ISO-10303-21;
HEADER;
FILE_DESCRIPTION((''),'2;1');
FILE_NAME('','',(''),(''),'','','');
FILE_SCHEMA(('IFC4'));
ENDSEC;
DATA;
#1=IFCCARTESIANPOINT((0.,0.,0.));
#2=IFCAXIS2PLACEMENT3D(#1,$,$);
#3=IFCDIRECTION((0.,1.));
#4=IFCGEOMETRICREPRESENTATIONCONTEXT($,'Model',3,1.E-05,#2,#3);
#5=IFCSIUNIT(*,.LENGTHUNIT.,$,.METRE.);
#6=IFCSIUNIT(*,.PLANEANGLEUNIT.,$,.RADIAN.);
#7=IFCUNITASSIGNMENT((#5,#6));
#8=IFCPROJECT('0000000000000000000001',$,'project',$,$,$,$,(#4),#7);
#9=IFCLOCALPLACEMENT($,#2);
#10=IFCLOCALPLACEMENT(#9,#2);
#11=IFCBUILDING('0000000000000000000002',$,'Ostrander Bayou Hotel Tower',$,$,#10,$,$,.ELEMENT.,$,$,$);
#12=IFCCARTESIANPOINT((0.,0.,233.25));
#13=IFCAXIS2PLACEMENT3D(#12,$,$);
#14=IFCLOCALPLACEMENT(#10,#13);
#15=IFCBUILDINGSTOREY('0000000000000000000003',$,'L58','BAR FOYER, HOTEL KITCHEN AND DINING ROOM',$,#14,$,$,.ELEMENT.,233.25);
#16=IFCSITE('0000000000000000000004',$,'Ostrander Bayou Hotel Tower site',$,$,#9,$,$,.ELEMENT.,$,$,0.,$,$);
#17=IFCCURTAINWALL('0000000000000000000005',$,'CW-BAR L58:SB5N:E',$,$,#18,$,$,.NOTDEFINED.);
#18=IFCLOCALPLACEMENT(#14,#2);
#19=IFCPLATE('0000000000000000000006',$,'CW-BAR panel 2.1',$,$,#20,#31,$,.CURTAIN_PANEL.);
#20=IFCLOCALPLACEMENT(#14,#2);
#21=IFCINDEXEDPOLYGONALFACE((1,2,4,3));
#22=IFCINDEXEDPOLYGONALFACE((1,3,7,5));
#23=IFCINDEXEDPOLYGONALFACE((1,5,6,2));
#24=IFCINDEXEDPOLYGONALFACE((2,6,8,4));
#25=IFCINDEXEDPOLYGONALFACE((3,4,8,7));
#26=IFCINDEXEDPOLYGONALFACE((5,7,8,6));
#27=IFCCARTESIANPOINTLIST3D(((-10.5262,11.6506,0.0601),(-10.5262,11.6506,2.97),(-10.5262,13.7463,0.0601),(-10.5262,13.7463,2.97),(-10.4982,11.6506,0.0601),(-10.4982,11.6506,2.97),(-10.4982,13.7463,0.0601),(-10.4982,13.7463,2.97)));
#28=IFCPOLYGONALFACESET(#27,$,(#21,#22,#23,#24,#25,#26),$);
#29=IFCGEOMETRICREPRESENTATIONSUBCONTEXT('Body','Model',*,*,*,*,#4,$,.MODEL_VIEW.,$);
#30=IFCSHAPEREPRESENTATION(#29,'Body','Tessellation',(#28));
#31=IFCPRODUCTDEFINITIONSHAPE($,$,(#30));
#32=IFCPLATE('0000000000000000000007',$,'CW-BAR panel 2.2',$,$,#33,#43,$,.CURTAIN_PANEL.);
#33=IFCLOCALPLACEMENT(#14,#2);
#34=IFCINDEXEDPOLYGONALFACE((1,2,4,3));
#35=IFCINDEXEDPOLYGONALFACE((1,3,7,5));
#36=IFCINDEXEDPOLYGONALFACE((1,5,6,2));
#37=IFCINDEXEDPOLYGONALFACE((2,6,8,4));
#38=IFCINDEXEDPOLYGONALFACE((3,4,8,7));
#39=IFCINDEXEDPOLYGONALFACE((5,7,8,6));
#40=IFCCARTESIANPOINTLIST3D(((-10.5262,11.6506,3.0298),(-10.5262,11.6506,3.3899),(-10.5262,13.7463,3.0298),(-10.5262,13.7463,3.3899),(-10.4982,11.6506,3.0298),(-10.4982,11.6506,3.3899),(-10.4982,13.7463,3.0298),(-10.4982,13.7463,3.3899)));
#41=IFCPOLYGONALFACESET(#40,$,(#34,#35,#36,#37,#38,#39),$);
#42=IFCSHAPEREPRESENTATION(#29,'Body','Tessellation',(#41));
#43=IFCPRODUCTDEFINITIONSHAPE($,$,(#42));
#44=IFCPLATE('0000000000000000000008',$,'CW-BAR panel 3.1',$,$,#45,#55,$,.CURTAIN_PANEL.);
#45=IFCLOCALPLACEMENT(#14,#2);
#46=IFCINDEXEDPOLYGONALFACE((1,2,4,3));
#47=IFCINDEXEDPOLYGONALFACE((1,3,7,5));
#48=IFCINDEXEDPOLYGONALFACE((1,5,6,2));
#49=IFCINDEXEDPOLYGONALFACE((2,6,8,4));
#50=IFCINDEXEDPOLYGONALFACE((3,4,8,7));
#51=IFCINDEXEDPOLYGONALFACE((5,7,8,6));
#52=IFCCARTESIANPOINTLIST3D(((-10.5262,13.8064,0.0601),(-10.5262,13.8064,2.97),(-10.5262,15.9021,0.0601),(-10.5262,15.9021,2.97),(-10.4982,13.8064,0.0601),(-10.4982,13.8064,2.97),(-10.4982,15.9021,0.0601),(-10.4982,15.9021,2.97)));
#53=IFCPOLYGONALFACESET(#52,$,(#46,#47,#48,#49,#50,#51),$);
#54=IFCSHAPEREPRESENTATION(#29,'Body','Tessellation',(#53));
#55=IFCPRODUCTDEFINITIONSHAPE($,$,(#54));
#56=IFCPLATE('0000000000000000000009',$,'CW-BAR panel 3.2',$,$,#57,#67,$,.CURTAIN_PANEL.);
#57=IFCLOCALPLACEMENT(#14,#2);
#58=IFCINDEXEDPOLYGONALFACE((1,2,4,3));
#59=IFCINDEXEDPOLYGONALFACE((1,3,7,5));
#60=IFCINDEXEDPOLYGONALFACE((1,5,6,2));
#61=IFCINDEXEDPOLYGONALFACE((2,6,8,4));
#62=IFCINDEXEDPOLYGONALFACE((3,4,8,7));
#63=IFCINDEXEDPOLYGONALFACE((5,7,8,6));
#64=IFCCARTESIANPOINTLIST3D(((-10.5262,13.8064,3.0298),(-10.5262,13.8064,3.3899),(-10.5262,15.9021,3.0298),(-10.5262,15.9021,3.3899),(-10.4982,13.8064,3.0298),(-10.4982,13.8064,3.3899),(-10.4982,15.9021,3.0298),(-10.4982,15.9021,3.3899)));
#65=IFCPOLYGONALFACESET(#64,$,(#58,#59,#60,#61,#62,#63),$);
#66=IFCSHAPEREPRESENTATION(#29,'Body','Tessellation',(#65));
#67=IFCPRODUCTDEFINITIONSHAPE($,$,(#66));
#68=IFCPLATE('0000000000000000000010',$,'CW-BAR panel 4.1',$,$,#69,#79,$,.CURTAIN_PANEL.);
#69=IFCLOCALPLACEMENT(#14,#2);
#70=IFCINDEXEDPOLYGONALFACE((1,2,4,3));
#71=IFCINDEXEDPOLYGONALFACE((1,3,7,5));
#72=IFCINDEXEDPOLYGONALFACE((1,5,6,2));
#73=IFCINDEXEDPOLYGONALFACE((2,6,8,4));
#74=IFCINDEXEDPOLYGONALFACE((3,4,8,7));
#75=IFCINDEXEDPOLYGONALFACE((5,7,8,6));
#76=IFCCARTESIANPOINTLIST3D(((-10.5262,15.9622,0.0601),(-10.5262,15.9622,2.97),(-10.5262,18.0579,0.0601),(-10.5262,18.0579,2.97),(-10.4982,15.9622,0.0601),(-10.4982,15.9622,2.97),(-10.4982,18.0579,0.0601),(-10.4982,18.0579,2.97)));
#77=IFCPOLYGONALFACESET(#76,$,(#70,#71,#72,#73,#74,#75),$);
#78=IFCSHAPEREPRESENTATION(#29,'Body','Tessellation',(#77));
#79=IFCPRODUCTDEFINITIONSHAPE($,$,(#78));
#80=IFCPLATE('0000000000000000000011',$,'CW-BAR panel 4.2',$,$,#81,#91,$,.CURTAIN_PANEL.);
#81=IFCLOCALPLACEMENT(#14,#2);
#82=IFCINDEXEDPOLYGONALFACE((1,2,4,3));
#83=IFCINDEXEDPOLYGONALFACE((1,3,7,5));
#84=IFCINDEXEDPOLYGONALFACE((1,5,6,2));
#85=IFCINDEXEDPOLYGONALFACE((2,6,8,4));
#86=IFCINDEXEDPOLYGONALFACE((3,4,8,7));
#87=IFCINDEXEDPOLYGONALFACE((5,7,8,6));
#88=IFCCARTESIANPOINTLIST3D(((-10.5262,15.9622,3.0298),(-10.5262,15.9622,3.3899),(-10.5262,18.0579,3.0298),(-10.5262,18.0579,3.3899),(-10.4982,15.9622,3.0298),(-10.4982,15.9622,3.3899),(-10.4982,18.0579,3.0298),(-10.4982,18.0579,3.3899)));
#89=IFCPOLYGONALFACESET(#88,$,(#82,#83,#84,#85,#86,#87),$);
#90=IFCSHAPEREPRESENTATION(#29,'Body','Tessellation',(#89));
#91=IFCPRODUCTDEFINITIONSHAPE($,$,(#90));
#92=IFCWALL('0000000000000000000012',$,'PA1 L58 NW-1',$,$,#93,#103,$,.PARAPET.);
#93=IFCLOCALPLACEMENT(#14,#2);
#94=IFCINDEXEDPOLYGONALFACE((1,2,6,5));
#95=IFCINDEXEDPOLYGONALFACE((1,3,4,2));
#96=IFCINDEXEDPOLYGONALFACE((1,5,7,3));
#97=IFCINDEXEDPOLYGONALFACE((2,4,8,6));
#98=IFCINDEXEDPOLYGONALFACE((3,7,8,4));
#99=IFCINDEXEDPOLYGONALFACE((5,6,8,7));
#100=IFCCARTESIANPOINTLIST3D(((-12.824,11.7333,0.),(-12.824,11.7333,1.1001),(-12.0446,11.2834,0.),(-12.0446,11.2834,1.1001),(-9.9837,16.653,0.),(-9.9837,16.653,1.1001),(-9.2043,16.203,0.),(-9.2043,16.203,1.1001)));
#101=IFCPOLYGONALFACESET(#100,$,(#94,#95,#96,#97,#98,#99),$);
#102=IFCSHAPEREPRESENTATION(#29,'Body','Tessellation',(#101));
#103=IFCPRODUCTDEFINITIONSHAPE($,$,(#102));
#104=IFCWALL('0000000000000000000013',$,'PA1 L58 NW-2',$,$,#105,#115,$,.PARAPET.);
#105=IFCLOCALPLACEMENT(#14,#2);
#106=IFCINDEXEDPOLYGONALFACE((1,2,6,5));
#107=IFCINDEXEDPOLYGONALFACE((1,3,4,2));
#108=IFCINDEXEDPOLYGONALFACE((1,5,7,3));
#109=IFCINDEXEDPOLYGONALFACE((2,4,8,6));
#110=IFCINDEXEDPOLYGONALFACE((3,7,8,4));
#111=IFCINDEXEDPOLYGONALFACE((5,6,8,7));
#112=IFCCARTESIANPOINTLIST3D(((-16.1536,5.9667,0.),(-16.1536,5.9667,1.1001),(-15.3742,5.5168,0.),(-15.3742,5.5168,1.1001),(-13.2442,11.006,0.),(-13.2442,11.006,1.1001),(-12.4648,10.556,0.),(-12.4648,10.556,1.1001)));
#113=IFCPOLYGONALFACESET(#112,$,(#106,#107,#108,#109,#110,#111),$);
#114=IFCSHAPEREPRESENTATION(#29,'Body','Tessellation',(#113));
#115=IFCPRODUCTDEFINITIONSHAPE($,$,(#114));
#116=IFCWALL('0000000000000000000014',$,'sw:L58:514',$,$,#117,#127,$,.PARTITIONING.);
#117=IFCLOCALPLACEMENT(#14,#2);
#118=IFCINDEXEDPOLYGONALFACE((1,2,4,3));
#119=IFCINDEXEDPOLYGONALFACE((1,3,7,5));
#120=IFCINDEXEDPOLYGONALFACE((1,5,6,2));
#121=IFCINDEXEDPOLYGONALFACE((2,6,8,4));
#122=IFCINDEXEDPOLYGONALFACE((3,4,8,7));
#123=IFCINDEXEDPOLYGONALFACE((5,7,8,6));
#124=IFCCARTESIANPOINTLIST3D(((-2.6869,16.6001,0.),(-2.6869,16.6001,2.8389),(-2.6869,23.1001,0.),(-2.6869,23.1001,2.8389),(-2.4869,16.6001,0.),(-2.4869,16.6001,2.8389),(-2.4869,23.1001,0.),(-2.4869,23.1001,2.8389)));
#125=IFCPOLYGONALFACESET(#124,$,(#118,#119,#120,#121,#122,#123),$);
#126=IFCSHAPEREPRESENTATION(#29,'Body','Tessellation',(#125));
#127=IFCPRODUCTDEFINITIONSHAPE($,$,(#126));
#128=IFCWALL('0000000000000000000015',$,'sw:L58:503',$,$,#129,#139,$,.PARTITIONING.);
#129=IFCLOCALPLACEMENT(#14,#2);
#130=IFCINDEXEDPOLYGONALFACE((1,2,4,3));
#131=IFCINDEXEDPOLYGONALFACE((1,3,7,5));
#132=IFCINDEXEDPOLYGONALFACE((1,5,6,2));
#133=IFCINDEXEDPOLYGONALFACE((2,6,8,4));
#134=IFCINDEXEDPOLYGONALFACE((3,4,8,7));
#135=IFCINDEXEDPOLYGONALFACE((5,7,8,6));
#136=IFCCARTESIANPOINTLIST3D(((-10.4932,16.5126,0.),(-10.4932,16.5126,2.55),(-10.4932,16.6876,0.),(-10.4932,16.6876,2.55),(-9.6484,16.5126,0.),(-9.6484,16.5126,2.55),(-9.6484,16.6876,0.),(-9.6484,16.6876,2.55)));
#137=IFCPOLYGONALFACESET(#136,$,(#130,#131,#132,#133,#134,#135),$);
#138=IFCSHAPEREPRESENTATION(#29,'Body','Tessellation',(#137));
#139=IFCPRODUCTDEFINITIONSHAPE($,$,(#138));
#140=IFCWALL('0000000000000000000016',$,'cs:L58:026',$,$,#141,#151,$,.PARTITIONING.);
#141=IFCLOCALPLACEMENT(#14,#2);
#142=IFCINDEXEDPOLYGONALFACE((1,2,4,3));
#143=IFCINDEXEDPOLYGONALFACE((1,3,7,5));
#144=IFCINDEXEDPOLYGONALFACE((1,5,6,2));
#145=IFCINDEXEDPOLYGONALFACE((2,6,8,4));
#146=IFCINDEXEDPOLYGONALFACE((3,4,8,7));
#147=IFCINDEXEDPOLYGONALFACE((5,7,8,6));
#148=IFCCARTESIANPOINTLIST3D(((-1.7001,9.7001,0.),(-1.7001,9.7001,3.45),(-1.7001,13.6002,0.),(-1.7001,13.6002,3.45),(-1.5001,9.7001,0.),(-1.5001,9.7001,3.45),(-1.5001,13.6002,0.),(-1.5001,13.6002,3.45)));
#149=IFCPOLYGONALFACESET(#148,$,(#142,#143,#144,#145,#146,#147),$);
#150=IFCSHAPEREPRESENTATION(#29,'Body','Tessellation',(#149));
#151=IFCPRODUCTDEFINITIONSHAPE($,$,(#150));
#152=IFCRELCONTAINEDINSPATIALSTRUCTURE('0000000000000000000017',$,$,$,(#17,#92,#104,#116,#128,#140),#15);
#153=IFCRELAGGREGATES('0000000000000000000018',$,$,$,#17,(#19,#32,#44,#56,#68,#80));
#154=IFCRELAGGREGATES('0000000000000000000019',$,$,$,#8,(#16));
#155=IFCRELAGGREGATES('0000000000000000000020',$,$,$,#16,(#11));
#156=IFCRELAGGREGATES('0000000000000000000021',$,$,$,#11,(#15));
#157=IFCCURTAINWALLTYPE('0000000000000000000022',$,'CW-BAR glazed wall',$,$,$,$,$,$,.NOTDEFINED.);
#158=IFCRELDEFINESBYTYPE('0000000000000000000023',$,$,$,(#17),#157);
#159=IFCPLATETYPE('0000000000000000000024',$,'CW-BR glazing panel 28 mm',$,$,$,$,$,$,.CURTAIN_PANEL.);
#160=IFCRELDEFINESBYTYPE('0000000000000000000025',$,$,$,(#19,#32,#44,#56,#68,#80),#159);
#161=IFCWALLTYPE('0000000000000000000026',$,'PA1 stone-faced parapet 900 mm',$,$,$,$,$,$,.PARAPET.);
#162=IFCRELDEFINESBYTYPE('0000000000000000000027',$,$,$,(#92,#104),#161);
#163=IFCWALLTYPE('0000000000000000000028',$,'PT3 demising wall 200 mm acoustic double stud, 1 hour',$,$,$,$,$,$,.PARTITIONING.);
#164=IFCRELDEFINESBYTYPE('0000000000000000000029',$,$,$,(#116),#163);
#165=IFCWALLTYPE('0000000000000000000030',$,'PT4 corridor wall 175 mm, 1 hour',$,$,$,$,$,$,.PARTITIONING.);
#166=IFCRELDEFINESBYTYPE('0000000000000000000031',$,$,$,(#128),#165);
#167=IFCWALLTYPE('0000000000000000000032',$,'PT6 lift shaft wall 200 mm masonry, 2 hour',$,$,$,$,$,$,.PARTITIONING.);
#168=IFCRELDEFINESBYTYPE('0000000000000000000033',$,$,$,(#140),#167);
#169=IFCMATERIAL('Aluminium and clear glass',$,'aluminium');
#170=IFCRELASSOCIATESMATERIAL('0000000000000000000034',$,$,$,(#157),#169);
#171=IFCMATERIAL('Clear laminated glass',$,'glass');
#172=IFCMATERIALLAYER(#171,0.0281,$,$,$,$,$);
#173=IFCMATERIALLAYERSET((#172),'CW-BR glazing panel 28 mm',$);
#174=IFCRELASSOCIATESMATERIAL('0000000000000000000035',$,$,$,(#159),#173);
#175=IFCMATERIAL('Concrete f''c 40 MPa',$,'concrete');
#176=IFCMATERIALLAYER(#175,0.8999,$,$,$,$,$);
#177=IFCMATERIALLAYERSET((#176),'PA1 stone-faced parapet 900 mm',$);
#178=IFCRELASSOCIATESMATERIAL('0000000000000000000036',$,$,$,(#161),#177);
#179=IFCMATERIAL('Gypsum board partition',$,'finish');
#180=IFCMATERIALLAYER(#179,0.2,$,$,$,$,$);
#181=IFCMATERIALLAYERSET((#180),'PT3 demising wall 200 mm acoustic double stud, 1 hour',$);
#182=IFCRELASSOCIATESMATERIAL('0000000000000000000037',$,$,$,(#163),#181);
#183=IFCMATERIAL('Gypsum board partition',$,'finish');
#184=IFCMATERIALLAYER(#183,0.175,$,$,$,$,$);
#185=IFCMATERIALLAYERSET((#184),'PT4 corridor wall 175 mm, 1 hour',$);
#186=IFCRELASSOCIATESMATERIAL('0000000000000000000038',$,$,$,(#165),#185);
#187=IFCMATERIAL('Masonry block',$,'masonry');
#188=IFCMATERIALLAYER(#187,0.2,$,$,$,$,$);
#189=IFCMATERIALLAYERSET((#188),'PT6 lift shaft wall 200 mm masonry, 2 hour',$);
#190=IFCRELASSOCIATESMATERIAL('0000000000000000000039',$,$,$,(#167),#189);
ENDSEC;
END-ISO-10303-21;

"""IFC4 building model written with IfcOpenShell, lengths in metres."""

from ifc_helpers import new_model, si_unit, direction, frame, frame_2d, origin, origin_2d, place, context, subcontext, project, spatial, rectangle, extrude, material, layer, layer_set, type_object, element, aggregate, save


model = new_model("IFC4")

# Units and contexts
model_context = context("Model", 3, precision=1e-05, world=origin(), true_north=direction((0.0, 1.0)))
body_context = subcontext(model_context, "Body", "Model", "MODEL_VIEW")
ifc_project = project(units=[si_unit("LENGTHUNIT", "METRE"), si_unit("PLANEANGLEUNIT", "RADIAN")], contexts=[model_context])

# Site, building, storey
site_placement = place(None, origin())
site = spatial("IfcSite", under=ifc_project, at=site_placement, Name="Ostrander Bayou Hotel Tower site", CompositionType="ELEMENT", RefElevation=0.0)
building_placement = place(site_placement, origin())
building = spatial("IfcBuilding", under=site, at=building_placement, Name="Ostrander Bayou Hotel Tower", CompositionType="ELEMENT")
storey_placement = place(building_placement, frame((0.0, 0.0, 233.25)))
storey = spatial("IfcBuildingStorey", under=building, at=storey_placement, Name="L58", Description="BAR FOYER, HOTEL KITCHEN AND DINING ROOM", CompositionType="ELEMENT", Elevation=233.25)

# Curtain wall
ifc_material_1 = material(Name="Aluminium and clear glass", Category="aluminium")
curtain_wall_type = type_object("IfcCurtainWallType", Name="CW-BAR glazed wall", PredefinedType="NOTDEFINED", material=ifc_material_1)
curtain_wall_placement = place(storey_placement, origin())
curtain_wall = element("IfcCurtainWall", 1, at=curtain_wall_placement, inside=storey, type_object=curtain_wall_type, Name="CW-BAR L58:SB5N:E", PredefinedType="NOTDEFINED")

# Plates
ifc_material_2 = material(Name="Clear laminated glass", Category="glass")
ifc_layer_1 = layer(ifc_material_2, 0.0281)
ifc_layer_set_1 = layer_set([ifc_layer_1], Name="CW-BR glazing panel 28 mm")
plate_type = type_object("IfcPlateType", Name="CW-BR glazing panel 28 mm", PredefinedType="CURTAIN_PANEL", material=ifc_layer_set_1)
plate_1_placement = place(storey_placement, frame((-10.5122, 12.6985, 0.0601), z_axis=(0.0, 0.0, 1.0), x_axis=(0.0, 1.0, 0.0)))
plate_1 = element("IfcPlate", 2, at=plate_1_placement, type_object=plate_type, Name="CW-BAR panel 2.1", PredefinedType="CURTAIN_PANEL", context=body_context, shape_type="SweptSolid", body=[
    extrude(rectangle(XDim=2.0957, YDim=0.0281, at=origin_2d()), origin(), (0.0, 0.0, 1.0), 2.9099),
])
plate_2_placement = place(storey_placement, frame((-10.5122, 12.6985, 3.0298), z_axis=(0.0, 0.0, 1.0), x_axis=(0.0, 1.0, 0.0)))
plate_2 = element("IfcPlate", 3, at=plate_2_placement, type_object=plate_type, Name="CW-BAR panel 2.2", PredefinedType="CURTAIN_PANEL", context=body_context, shape_type="SweptSolid", body=[
    extrude(rectangle(XDim=2.0957, YDim=0.0281, at=origin_2d()), origin(), (0.0, 0.0, 1.0), 0.3601),
])
plate_3_placement = place(storey_placement, frame((-10.5122, 14.8542, 0.0601), z_axis=(0.0, 0.0, 1.0), x_axis=(0.0, 1.0, 0.0)))
plate_3 = element("IfcPlate", 4, at=plate_3_placement, type_object=plate_type, Name="CW-BAR panel 3.1", PredefinedType="CURTAIN_PANEL", context=body_context, shape_type="SweptSolid", body=[
    extrude(rectangle(XDim=2.0957, YDim=0.0281, at=origin_2d()), origin(), (0.0, 0.0, 1.0), 2.9099),
])
plate_4_placement = place(storey_placement, frame((-10.5122, 14.8542, 3.0298), z_axis=(0.0, 0.0, 1.0), x_axis=(0.0, 1.0, 0.0)))
plate_4 = element("IfcPlate", 5, at=plate_4_placement, type_object=plate_type, Name="CW-BAR panel 3.2", PredefinedType="CURTAIN_PANEL", context=body_context, shape_type="SweptSolid", body=[
    extrude(rectangle(XDim=2.0957, YDim=0.0281, at=origin_2d()), origin(), (0.0, 0.0, 1.0), 0.3601),
])
plate_5_placement = place(storey_placement, frame((-10.5122, 17.01, 0.0601), z_axis=(0.0, 0.0, 1.0), x_axis=(0.0, 1.0, 0.0)))
plate_5 = element("IfcPlate", 6, at=plate_5_placement, type_object=plate_type, Name="CW-BAR panel 4.1", PredefinedType="CURTAIN_PANEL", context=body_context, shape_type="SweptSolid", body=[
    extrude(rectangle(XDim=2.0957, YDim=0.0281, at=origin_2d()), origin(), (0.0, 0.0, 1.0), 2.9099),
])
plate_6_placement = place(storey_placement, frame((-10.5122, 17.01, 3.0298), z_axis=(0.0, 0.0, 1.0), x_axis=(0.0, 1.0, 0.0)))
plate_6 = element("IfcPlate", 7, at=plate_6_placement, type_object=plate_type, Name="CW-BAR panel 4.2", PredefinedType="CURTAIN_PANEL", context=body_context, shape_type="SweptSolid", body=[
    extrude(rectangle(XDim=2.0957, YDim=0.0281, at=origin_2d()), origin(), (0.0, 0.0, 1.0), 0.3601),
])
aggregate(curtain_wall, [plate_1, plate_2, plate_3, plate_4, plate_5, plate_6])

# Walls
ifc_material_3 = material(Name="Concrete f'c 40 MPa", Category="concrete")
ifc_layer_2 = layer(ifc_material_3, 0.8999)
ifc_layer_set_2 = layer_set([ifc_layer_2], Name="PA1 stone-faced parapet 900 mm")
wall_type_1 = type_object("IfcWallType", Name="PA1 stone-faced parapet 900 mm", PredefinedType="PARAPET", material=ifc_layer_set_2)
wall_1_placement = place(storey_placement, frame((-9.594, 16.428, 0.0), z_axis=(0.0, 0.0, 1.0), x_axis=(-0.499994, -0.866029, 0.0)))
element("IfcWall", 8, at=wall_1_placement, inside=storey, type_object=wall_type_1, Name="PA1 L58 NW-1", PredefinedType="PARAPET", context=body_context, shape_type="SweptSolid", body=[
    extrude(rectangle(XDim=5.6807, YDim=0.8999, at=frame_2d((2.8403, 0.0))), origin(), (0.0, 0.0, 1.0), 1.1001),
])
wall_2_placement = place(storey_placement, frame((-12.8545, 10.781, 0.0), z_axis=(0.0, 0.0, 1.0), x_axis=(-0.499997, -0.866027, 0.0)))
element("IfcWall", 9, at=wall_2_placement, inside=storey, type_object=wall_type_1, Name="PA1 L58 NW-2", PredefinedType="PARAPET", context=body_context, shape_type="SweptSolid", body=[
    extrude(rectangle(XDim=5.8188, YDim=0.8999, at=frame_2d((2.9094, 0.0))), origin(), (0.0, 0.0, 1.0), 1.1001),
])
ifc_material_4 = material(Name="Gypsum board partition", Category="finish")
ifc_layer_3 = layer(ifc_material_4, 0.2)
ifc_layer_set_3 = layer_set([ifc_layer_3], Name="PT3 demising wall 200 mm acoustic double stud, 1 hour")
wall_type_2 = type_object("IfcWallType", Name="PT3 demising wall 200 mm acoustic double stud, 1 hour", PredefinedType="PARTITIONING", material=ifc_layer_set_3)
wall_3_placement = place(storey_placement, frame((-2.5869, 16.6001, 0.0), z_axis=(0.0, 0.0, 1.0), x_axis=(0.0, 1.0, 0.0)))
element("IfcWall", 10, at=wall_3_placement, inside=storey, type_object=wall_type_2, Name="sw:L58:514", PredefinedType="PARTITIONING", context=body_context, shape_type="SweptSolid", body=[
    extrude(rectangle(XDim=6.5, YDim=0.2, at=frame_2d((3.25, 0.0))), origin(), (0.0, 0.0, 1.0), 2.8389),
])
ifc_material_5 = material(Name="Gypsum board partition", Category="finish")
ifc_layer_4 = layer(ifc_material_5, 0.175)
ifc_layer_set_4 = layer_set([ifc_layer_4], Name="PT4 corridor wall 175 mm, 1 hour")
wall_type_3 = type_object("IfcWallType", Name="PT4 corridor wall 175 mm, 1 hour", PredefinedType="PARTITIONING", material=ifc_layer_set_4)
wall_4_placement = place(storey_placement, frame((-10.4932, 16.6001, 0.0), z_axis=(0.0, 0.0, 1.0), x_axis=(1.0, 0.0, 0.0)))
element("IfcWall", 11, at=wall_4_placement, inside=storey, type_object=wall_type_3, Name="sw:L58:503", PredefinedType="PARTITIONING", context=body_context, shape_type="SweptSolid", body=[
    extrude(rectangle(XDim=0.8447, YDim=0.175, at=frame_2d((0.4224, 0.0))), origin(), (0.0, 0.0, 1.0), 2.55),
])

# Wall
ifc_material_6 = material(Name="Masonry block", Category="masonry")
ifc_layer_5 = layer(ifc_material_6, 0.2)
ifc_layer_set_5 = layer_set([ifc_layer_5], Name="PT6 lift shaft wall 200 mm masonry, 2 hour")
wall_type_4 = type_object("IfcWallType", Name="PT6 lift shaft wall 200 mm masonry, 2 hour", PredefinedType="PARTITIONING", material=ifc_layer_set_5)
wall_5_placement = place(storey_placement, frame((-1.6001, 9.7, 0.0), z_axis=(0.0, 0.0, 1.0), x_axis=(0.0, 1.0, 0.0)))
element("IfcWall", 12, at=wall_5_placement, inside=storey, type_object=wall_type_4, Name="cs:L58:026", PredefinedType="PARTITIONING", context=body_context, shape_type="SweptSolid", body=[
    extrude(rectangle(XDim=3.9001, YDim=0.2, at=frame_2d((1.9502, 0.0))), origin(), (0.0, 0.0, 1.0), 3.45),
])

save(model, "model.ifc")
